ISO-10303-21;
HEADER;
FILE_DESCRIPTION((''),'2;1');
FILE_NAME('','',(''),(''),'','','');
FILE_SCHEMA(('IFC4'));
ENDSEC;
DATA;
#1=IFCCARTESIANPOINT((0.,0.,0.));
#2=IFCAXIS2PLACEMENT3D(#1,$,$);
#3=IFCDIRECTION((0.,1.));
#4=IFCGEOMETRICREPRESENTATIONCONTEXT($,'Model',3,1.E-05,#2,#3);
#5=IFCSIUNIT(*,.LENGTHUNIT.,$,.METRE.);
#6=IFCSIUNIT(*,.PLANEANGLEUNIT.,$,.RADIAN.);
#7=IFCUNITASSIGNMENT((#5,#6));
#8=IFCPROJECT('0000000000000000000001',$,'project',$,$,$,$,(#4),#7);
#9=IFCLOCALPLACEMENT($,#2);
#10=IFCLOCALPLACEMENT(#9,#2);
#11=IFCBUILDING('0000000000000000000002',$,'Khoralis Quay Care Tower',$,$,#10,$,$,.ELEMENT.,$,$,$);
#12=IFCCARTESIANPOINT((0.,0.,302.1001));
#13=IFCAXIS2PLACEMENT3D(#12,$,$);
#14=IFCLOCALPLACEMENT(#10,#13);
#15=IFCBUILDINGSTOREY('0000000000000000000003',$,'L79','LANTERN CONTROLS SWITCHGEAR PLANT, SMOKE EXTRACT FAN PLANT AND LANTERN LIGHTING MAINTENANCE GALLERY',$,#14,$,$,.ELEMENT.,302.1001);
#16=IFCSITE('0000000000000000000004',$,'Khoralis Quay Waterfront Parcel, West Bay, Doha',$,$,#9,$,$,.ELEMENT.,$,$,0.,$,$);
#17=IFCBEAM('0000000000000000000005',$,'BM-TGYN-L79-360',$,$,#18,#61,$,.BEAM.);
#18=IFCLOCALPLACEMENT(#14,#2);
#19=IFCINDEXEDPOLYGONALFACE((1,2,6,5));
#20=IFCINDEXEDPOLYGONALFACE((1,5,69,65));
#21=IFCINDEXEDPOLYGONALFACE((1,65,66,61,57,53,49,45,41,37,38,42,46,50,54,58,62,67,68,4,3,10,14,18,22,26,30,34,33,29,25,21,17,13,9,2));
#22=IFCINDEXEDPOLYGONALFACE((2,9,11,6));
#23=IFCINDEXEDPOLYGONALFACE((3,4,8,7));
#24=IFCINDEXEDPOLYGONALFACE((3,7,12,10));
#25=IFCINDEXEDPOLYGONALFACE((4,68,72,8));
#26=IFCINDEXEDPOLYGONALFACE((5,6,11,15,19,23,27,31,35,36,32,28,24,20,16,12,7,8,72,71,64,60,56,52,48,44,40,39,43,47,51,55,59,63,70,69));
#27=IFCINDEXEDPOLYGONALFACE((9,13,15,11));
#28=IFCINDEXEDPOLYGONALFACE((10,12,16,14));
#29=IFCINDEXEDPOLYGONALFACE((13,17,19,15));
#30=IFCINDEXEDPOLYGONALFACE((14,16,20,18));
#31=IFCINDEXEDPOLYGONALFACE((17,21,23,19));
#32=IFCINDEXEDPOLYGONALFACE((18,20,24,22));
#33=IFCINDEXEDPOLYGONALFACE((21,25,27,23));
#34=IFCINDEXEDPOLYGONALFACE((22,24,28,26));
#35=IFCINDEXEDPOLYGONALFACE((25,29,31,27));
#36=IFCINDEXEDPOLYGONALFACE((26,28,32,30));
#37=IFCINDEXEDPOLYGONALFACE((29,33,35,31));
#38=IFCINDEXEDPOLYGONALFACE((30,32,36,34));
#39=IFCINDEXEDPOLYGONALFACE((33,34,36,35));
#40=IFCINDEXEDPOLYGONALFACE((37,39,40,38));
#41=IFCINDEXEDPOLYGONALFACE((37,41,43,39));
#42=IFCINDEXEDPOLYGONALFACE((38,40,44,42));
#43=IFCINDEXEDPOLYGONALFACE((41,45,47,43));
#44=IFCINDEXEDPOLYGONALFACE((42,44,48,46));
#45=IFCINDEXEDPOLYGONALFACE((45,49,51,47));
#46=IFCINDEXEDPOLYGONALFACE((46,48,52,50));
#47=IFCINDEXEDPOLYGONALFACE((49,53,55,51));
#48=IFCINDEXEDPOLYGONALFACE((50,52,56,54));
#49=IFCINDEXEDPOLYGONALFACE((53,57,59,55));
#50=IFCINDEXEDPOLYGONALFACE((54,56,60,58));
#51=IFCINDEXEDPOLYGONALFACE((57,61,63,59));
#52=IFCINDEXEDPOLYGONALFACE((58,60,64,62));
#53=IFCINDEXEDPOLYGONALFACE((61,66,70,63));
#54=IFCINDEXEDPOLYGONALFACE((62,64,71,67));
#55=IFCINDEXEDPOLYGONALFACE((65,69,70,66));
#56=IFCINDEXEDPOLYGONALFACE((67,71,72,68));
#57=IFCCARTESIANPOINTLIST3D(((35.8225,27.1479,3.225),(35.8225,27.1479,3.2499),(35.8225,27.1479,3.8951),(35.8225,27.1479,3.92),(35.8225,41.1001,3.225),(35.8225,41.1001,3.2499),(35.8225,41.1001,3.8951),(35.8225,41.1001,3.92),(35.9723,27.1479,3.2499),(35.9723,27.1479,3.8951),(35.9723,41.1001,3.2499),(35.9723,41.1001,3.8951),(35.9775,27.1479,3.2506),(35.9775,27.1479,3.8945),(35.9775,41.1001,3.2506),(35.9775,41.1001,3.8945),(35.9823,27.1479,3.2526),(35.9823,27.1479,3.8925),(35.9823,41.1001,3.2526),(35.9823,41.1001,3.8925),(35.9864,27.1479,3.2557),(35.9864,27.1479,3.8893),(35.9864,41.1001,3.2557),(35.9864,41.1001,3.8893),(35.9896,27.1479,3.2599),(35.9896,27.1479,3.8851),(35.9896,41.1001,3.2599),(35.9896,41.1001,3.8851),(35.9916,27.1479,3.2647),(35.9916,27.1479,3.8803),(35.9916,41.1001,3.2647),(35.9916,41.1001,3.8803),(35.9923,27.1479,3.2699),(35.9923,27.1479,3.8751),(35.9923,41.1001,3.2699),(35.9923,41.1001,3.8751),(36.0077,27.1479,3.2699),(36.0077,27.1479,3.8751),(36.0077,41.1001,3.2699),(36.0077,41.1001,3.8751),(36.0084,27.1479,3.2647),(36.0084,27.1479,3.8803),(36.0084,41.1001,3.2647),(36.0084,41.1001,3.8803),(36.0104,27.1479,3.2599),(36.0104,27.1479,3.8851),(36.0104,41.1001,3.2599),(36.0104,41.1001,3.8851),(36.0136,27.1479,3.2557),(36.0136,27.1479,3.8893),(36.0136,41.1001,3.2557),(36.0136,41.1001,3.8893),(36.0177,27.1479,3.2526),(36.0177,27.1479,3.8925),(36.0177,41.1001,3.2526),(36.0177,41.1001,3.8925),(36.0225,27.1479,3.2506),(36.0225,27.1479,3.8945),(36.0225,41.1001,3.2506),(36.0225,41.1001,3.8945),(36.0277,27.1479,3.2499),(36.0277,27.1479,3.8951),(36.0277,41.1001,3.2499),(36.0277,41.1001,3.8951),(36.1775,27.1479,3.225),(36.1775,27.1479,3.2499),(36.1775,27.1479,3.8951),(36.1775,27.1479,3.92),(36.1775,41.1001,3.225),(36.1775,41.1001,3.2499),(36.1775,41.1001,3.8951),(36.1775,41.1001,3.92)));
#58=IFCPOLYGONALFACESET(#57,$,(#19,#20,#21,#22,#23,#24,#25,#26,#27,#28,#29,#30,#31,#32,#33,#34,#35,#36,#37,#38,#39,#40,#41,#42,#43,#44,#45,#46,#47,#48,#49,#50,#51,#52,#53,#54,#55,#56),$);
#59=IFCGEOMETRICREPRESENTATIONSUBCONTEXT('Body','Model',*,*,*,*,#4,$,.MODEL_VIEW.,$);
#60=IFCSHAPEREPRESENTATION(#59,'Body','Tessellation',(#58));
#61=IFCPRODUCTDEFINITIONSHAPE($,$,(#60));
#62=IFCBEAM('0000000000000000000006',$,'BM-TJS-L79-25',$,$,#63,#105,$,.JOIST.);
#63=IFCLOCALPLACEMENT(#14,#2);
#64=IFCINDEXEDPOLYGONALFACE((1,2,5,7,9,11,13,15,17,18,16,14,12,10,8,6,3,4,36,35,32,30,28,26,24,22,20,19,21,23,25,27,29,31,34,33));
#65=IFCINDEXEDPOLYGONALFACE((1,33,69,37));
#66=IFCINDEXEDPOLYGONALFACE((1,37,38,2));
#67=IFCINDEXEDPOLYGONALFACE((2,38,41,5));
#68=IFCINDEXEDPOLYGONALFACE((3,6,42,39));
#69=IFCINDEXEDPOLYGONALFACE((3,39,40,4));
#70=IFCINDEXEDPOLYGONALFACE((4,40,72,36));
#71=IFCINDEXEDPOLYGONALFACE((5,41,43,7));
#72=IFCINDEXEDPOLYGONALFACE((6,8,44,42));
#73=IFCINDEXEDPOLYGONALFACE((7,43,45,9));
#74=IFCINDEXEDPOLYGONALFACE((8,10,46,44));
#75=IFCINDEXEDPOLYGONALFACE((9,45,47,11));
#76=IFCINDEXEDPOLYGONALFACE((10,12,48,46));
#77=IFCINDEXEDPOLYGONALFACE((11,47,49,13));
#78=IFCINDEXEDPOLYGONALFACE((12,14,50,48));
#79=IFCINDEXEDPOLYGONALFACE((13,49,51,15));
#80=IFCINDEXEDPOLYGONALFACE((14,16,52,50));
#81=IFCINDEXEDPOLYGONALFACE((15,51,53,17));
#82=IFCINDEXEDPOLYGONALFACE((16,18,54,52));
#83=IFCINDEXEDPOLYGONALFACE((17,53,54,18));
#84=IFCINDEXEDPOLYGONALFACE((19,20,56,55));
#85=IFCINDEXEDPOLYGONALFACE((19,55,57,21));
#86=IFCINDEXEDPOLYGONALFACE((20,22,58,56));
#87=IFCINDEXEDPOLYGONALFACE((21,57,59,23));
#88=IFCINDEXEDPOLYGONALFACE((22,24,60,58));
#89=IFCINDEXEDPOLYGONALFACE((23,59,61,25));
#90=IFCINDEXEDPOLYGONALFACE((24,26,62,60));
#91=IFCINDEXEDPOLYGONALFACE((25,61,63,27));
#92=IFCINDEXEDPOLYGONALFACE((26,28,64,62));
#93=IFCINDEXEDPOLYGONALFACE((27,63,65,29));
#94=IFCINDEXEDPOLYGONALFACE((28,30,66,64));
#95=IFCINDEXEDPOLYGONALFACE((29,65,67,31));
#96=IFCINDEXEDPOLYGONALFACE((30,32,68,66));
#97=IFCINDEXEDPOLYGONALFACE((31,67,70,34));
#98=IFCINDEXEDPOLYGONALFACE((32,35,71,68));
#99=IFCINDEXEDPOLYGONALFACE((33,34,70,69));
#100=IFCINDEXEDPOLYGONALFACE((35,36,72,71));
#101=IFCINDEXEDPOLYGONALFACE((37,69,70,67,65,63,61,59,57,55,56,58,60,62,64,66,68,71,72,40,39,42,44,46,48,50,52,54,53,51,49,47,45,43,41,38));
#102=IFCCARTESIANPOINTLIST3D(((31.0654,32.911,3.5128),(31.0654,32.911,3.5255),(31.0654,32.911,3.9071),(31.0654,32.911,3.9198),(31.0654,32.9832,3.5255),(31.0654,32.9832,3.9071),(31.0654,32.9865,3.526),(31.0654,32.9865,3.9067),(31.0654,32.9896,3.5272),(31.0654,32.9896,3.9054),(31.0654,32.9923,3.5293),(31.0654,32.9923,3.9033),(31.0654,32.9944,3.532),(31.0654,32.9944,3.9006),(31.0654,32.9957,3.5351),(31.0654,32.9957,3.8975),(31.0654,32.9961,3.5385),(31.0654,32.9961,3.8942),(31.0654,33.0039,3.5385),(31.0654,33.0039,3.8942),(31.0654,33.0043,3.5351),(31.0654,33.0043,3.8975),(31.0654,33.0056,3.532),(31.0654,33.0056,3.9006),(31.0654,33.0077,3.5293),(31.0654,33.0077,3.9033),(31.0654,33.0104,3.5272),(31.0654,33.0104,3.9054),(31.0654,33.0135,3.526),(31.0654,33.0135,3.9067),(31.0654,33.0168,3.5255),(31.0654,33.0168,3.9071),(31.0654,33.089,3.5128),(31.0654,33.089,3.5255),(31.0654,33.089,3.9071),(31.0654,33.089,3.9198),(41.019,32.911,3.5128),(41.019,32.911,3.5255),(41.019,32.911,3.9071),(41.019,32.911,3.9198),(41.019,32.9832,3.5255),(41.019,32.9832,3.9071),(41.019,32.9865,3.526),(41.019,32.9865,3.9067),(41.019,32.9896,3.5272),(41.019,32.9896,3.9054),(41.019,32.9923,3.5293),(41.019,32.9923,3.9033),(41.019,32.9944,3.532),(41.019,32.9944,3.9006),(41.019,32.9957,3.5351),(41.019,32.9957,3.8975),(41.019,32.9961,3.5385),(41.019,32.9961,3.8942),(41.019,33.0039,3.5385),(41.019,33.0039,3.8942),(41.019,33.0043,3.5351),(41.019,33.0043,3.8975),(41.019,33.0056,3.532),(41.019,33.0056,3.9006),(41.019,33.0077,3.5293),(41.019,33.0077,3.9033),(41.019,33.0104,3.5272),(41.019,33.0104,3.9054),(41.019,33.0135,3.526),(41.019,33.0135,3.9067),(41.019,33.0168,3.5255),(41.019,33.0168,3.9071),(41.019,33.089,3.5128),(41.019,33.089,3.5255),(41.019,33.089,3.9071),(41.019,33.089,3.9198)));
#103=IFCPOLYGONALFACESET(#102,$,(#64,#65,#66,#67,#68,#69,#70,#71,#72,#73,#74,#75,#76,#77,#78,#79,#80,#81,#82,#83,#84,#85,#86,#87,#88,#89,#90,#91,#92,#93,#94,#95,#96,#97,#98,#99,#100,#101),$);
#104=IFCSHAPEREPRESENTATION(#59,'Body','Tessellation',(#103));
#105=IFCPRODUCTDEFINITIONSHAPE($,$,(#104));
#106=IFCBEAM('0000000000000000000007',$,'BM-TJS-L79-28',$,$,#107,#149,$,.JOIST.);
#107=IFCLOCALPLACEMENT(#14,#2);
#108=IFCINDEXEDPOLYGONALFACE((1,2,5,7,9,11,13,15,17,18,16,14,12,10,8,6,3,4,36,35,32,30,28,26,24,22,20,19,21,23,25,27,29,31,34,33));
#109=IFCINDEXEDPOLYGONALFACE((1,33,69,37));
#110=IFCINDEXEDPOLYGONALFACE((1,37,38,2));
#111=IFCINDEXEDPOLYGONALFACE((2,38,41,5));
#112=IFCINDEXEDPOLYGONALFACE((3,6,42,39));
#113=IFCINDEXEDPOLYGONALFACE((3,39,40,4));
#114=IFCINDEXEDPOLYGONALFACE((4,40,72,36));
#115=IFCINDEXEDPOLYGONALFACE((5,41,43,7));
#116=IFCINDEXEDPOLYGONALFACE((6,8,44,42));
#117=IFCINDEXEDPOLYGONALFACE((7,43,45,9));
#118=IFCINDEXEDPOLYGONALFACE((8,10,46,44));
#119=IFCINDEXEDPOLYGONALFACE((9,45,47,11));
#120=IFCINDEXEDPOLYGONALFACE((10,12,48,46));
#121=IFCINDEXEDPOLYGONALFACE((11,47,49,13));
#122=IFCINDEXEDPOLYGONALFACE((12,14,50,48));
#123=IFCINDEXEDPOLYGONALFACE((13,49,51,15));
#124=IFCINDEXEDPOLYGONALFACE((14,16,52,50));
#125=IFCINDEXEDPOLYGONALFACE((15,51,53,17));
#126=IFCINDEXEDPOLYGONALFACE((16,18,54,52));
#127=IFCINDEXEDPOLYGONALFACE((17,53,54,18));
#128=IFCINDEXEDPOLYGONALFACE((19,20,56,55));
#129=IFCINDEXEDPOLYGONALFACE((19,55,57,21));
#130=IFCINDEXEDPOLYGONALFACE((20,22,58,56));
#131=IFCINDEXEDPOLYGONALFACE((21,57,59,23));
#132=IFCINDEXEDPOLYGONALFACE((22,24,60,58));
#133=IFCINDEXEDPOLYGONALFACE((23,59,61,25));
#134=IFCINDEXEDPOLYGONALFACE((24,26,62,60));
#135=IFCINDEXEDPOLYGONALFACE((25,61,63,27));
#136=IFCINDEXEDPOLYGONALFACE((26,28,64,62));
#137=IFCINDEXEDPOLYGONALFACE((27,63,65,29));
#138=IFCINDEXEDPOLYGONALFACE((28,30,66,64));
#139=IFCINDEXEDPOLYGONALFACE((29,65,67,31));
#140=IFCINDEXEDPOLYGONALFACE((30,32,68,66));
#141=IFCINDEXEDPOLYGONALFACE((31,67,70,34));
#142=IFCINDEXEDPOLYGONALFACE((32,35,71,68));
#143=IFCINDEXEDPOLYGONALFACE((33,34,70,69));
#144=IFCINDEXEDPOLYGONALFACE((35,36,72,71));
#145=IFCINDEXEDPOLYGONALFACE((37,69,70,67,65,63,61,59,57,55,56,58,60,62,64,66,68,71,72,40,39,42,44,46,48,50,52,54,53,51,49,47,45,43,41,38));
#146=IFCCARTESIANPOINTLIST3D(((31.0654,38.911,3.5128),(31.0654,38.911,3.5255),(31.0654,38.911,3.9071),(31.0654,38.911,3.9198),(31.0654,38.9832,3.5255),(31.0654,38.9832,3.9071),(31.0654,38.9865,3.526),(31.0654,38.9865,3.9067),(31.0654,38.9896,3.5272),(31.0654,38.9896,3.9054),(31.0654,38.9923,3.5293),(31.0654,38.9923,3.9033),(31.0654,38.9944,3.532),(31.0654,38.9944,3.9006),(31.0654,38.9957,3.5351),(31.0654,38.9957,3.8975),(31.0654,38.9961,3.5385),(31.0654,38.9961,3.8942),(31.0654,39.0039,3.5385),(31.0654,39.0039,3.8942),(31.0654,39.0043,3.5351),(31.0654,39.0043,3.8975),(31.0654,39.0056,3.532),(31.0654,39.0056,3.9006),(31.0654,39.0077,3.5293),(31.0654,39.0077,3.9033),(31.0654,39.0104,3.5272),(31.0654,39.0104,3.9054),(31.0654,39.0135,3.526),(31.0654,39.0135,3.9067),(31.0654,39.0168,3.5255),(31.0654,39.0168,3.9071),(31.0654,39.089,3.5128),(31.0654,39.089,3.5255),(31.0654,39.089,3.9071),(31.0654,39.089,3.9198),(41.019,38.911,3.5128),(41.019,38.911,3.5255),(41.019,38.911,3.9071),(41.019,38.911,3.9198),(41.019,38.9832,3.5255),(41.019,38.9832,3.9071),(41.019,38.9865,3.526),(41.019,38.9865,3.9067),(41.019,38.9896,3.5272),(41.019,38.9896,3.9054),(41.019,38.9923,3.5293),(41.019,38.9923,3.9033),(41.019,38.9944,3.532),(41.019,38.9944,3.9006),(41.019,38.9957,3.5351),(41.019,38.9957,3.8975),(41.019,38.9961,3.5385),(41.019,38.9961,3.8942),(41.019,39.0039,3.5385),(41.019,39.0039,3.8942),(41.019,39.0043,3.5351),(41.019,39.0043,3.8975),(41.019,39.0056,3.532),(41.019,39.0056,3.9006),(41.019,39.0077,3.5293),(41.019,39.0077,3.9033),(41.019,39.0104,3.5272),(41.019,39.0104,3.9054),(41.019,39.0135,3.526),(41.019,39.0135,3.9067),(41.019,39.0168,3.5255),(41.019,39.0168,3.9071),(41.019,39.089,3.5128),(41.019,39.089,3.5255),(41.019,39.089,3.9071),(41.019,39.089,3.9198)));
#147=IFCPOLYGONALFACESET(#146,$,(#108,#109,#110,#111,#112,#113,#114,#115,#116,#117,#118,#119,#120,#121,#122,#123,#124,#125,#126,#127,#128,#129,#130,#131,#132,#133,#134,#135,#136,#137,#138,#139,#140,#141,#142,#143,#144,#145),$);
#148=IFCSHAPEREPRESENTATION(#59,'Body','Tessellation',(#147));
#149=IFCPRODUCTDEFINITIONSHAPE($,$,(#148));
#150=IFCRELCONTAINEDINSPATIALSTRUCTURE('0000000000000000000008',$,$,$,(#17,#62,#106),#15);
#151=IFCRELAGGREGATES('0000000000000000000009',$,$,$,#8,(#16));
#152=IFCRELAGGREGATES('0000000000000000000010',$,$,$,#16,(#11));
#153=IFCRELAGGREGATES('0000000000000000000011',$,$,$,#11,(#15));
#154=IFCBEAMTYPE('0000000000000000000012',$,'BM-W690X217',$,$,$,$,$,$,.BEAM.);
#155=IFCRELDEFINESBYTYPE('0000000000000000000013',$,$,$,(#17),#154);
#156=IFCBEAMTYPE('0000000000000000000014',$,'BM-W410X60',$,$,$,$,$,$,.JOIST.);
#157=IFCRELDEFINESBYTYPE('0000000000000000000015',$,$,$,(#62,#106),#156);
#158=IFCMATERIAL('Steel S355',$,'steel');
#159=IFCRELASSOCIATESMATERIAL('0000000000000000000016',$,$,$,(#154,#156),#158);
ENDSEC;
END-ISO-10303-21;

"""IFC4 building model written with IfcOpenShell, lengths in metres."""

from ifc_helpers import new_model, si_unit, direction, frame, origin, origin_2d, place, context, subcontext, project, spatial, i_section, extrude, source, transform, mapped, material, material_profile, profile_set, type_object, element, save


model = new_model("IFC4")

# Units and contexts
model_context = context("Model", 3, precision=1e-05, world=origin(), true_north=direction((0.0, 1.0)))
body_context = subcontext(model_context, "Body", "Model", "MODEL_VIEW")
ifc_project = project(units=[si_unit("LENGTHUNIT", "METRE"), si_unit("PLANEANGLEUNIT", "RADIAN")], contexts=[model_context])

# Site, building, storey
site_placement = place(None, origin())
site = spatial("IfcSite", under=ifc_project, at=site_placement, Name="Khoralis Quay Waterfront Parcel, West Bay, Doha", CompositionType="ELEMENT", RefElevation=0.0)
building_placement = place(site_placement, origin())
building = spatial("IfcBuilding", under=site, at=building_placement, Name="Khoralis Quay Care Tower", CompositionType="ELEMENT")
storey_placement = place(building_placement, frame((0.0, 0.0, 302.1001)))
storey = spatial("IfcBuildingStorey", under=building, at=storey_placement, Name="L79", Description="LANTERN CONTROLS SWITCHGEAR PLANT, SMOKE EXTRACT FAN PLANT AND LANTERN LIGHTING MAINTENANCE GALLERY", CompositionType="ELEMENT", Elevation=302.1001)

# Beams
ifc_material_1 = material(Name="Steel S355", Category="steel")
ifc_material_profile_1 = material_profile(ifc_material_1, i_section(OverallWidth=0.355, OverallDepth=0.6951, WebThickness=0.0154, FlangeThickness=0.0249, FilletRadius=0.02, at=origin_2d()), Name="Steel S355")
ifc_profile_set_1 = profile_set([ifc_material_profile_1], Name="Steel S355")
beam_type_1 = type_object("IfcBeamType", Name="BM-W690X217", PredefinedType="BEAM", material=ifc_profile_set_1)
shared_shape_1 = source(origin(), body_context, "Body", "SweptSolid", [
    extrude(i_section(OverallWidth=0.355, OverallDepth=0.6951, WebThickness=0.0154, FlangeThickness=0.0249, FilletRadius=0.02, at=origin_2d()), origin(), (0.0, 0.0, 1.0), 13.9521),
])
beam_1_placement = place(storey_placement, frame((36.0, 27.1479, 3.5725), z_axis=(0.0, 1.0, 0.0), x_axis=(-1.0, 0.0, 0.0)))
element("IfcBeam", 1, at=beam_1_placement, inside=storey, type_object=beam_type_1, Name="BM-TGYN-L79-360", PredefinedType="BEAM", context=body_context, shape_type="MappedRepresentation", body=[
    mapped(shared_shape_1, transform((0.0, 0.0, 0.0), scale=1.0)),
])
ifc_material_profile_2 = material_profile(ifc_material_1, i_section(OverallWidth=0.178, OverallDepth=0.407, WebThickness=0.0078, FlangeThickness=0.0127, FilletRadius=0.0129, at=origin_2d()), Name="Steel S355")
ifc_profile_set_2 = profile_set([ifc_material_profile_2], Name="Steel S355")
beam_type_2 = type_object("IfcBeamType", Name="BM-W410X60", PredefinedType="JOIST", material=ifc_profile_set_2)
shared_shape_2 = source(origin(), body_context, "Body", "SweptSolid", [
    extrude(i_section(OverallWidth=0.178, OverallDepth=0.407, WebThickness=0.0078, FlangeThickness=0.0127, FilletRadius=0.0129, at=origin_2d()), origin(), (0.0, 0.0, 1.0), 9.9536),
])
for number, where, z_axis, x_axis, name in (
    (2, (31.0654, 33.0, 3.7163), (1.0, 0.0, 0.0), (0.0, 1.0, 0.0), "BM-TJS-L79-25"),
    (3, (31.0654, 39.0, 3.7163), (1.0, 0.0, 0.0), (0.0, 1.0, 0.0), "BM-TJS-L79-28"),
):
    element("IfcBeam", number, at=place(storey_placement, frame(where, z_axis=z_axis, x_axis=x_axis)), inside=storey, type_object=beam_type_2, Name=name, PredefinedType="JOIST", context=body_context, shape_type="MappedRepresentation", body=[
        mapped(shared_shape_2, transform((0.0, 0.0, 0.0), scale=1.0)),
    ])

save(model, "model.ifc")
